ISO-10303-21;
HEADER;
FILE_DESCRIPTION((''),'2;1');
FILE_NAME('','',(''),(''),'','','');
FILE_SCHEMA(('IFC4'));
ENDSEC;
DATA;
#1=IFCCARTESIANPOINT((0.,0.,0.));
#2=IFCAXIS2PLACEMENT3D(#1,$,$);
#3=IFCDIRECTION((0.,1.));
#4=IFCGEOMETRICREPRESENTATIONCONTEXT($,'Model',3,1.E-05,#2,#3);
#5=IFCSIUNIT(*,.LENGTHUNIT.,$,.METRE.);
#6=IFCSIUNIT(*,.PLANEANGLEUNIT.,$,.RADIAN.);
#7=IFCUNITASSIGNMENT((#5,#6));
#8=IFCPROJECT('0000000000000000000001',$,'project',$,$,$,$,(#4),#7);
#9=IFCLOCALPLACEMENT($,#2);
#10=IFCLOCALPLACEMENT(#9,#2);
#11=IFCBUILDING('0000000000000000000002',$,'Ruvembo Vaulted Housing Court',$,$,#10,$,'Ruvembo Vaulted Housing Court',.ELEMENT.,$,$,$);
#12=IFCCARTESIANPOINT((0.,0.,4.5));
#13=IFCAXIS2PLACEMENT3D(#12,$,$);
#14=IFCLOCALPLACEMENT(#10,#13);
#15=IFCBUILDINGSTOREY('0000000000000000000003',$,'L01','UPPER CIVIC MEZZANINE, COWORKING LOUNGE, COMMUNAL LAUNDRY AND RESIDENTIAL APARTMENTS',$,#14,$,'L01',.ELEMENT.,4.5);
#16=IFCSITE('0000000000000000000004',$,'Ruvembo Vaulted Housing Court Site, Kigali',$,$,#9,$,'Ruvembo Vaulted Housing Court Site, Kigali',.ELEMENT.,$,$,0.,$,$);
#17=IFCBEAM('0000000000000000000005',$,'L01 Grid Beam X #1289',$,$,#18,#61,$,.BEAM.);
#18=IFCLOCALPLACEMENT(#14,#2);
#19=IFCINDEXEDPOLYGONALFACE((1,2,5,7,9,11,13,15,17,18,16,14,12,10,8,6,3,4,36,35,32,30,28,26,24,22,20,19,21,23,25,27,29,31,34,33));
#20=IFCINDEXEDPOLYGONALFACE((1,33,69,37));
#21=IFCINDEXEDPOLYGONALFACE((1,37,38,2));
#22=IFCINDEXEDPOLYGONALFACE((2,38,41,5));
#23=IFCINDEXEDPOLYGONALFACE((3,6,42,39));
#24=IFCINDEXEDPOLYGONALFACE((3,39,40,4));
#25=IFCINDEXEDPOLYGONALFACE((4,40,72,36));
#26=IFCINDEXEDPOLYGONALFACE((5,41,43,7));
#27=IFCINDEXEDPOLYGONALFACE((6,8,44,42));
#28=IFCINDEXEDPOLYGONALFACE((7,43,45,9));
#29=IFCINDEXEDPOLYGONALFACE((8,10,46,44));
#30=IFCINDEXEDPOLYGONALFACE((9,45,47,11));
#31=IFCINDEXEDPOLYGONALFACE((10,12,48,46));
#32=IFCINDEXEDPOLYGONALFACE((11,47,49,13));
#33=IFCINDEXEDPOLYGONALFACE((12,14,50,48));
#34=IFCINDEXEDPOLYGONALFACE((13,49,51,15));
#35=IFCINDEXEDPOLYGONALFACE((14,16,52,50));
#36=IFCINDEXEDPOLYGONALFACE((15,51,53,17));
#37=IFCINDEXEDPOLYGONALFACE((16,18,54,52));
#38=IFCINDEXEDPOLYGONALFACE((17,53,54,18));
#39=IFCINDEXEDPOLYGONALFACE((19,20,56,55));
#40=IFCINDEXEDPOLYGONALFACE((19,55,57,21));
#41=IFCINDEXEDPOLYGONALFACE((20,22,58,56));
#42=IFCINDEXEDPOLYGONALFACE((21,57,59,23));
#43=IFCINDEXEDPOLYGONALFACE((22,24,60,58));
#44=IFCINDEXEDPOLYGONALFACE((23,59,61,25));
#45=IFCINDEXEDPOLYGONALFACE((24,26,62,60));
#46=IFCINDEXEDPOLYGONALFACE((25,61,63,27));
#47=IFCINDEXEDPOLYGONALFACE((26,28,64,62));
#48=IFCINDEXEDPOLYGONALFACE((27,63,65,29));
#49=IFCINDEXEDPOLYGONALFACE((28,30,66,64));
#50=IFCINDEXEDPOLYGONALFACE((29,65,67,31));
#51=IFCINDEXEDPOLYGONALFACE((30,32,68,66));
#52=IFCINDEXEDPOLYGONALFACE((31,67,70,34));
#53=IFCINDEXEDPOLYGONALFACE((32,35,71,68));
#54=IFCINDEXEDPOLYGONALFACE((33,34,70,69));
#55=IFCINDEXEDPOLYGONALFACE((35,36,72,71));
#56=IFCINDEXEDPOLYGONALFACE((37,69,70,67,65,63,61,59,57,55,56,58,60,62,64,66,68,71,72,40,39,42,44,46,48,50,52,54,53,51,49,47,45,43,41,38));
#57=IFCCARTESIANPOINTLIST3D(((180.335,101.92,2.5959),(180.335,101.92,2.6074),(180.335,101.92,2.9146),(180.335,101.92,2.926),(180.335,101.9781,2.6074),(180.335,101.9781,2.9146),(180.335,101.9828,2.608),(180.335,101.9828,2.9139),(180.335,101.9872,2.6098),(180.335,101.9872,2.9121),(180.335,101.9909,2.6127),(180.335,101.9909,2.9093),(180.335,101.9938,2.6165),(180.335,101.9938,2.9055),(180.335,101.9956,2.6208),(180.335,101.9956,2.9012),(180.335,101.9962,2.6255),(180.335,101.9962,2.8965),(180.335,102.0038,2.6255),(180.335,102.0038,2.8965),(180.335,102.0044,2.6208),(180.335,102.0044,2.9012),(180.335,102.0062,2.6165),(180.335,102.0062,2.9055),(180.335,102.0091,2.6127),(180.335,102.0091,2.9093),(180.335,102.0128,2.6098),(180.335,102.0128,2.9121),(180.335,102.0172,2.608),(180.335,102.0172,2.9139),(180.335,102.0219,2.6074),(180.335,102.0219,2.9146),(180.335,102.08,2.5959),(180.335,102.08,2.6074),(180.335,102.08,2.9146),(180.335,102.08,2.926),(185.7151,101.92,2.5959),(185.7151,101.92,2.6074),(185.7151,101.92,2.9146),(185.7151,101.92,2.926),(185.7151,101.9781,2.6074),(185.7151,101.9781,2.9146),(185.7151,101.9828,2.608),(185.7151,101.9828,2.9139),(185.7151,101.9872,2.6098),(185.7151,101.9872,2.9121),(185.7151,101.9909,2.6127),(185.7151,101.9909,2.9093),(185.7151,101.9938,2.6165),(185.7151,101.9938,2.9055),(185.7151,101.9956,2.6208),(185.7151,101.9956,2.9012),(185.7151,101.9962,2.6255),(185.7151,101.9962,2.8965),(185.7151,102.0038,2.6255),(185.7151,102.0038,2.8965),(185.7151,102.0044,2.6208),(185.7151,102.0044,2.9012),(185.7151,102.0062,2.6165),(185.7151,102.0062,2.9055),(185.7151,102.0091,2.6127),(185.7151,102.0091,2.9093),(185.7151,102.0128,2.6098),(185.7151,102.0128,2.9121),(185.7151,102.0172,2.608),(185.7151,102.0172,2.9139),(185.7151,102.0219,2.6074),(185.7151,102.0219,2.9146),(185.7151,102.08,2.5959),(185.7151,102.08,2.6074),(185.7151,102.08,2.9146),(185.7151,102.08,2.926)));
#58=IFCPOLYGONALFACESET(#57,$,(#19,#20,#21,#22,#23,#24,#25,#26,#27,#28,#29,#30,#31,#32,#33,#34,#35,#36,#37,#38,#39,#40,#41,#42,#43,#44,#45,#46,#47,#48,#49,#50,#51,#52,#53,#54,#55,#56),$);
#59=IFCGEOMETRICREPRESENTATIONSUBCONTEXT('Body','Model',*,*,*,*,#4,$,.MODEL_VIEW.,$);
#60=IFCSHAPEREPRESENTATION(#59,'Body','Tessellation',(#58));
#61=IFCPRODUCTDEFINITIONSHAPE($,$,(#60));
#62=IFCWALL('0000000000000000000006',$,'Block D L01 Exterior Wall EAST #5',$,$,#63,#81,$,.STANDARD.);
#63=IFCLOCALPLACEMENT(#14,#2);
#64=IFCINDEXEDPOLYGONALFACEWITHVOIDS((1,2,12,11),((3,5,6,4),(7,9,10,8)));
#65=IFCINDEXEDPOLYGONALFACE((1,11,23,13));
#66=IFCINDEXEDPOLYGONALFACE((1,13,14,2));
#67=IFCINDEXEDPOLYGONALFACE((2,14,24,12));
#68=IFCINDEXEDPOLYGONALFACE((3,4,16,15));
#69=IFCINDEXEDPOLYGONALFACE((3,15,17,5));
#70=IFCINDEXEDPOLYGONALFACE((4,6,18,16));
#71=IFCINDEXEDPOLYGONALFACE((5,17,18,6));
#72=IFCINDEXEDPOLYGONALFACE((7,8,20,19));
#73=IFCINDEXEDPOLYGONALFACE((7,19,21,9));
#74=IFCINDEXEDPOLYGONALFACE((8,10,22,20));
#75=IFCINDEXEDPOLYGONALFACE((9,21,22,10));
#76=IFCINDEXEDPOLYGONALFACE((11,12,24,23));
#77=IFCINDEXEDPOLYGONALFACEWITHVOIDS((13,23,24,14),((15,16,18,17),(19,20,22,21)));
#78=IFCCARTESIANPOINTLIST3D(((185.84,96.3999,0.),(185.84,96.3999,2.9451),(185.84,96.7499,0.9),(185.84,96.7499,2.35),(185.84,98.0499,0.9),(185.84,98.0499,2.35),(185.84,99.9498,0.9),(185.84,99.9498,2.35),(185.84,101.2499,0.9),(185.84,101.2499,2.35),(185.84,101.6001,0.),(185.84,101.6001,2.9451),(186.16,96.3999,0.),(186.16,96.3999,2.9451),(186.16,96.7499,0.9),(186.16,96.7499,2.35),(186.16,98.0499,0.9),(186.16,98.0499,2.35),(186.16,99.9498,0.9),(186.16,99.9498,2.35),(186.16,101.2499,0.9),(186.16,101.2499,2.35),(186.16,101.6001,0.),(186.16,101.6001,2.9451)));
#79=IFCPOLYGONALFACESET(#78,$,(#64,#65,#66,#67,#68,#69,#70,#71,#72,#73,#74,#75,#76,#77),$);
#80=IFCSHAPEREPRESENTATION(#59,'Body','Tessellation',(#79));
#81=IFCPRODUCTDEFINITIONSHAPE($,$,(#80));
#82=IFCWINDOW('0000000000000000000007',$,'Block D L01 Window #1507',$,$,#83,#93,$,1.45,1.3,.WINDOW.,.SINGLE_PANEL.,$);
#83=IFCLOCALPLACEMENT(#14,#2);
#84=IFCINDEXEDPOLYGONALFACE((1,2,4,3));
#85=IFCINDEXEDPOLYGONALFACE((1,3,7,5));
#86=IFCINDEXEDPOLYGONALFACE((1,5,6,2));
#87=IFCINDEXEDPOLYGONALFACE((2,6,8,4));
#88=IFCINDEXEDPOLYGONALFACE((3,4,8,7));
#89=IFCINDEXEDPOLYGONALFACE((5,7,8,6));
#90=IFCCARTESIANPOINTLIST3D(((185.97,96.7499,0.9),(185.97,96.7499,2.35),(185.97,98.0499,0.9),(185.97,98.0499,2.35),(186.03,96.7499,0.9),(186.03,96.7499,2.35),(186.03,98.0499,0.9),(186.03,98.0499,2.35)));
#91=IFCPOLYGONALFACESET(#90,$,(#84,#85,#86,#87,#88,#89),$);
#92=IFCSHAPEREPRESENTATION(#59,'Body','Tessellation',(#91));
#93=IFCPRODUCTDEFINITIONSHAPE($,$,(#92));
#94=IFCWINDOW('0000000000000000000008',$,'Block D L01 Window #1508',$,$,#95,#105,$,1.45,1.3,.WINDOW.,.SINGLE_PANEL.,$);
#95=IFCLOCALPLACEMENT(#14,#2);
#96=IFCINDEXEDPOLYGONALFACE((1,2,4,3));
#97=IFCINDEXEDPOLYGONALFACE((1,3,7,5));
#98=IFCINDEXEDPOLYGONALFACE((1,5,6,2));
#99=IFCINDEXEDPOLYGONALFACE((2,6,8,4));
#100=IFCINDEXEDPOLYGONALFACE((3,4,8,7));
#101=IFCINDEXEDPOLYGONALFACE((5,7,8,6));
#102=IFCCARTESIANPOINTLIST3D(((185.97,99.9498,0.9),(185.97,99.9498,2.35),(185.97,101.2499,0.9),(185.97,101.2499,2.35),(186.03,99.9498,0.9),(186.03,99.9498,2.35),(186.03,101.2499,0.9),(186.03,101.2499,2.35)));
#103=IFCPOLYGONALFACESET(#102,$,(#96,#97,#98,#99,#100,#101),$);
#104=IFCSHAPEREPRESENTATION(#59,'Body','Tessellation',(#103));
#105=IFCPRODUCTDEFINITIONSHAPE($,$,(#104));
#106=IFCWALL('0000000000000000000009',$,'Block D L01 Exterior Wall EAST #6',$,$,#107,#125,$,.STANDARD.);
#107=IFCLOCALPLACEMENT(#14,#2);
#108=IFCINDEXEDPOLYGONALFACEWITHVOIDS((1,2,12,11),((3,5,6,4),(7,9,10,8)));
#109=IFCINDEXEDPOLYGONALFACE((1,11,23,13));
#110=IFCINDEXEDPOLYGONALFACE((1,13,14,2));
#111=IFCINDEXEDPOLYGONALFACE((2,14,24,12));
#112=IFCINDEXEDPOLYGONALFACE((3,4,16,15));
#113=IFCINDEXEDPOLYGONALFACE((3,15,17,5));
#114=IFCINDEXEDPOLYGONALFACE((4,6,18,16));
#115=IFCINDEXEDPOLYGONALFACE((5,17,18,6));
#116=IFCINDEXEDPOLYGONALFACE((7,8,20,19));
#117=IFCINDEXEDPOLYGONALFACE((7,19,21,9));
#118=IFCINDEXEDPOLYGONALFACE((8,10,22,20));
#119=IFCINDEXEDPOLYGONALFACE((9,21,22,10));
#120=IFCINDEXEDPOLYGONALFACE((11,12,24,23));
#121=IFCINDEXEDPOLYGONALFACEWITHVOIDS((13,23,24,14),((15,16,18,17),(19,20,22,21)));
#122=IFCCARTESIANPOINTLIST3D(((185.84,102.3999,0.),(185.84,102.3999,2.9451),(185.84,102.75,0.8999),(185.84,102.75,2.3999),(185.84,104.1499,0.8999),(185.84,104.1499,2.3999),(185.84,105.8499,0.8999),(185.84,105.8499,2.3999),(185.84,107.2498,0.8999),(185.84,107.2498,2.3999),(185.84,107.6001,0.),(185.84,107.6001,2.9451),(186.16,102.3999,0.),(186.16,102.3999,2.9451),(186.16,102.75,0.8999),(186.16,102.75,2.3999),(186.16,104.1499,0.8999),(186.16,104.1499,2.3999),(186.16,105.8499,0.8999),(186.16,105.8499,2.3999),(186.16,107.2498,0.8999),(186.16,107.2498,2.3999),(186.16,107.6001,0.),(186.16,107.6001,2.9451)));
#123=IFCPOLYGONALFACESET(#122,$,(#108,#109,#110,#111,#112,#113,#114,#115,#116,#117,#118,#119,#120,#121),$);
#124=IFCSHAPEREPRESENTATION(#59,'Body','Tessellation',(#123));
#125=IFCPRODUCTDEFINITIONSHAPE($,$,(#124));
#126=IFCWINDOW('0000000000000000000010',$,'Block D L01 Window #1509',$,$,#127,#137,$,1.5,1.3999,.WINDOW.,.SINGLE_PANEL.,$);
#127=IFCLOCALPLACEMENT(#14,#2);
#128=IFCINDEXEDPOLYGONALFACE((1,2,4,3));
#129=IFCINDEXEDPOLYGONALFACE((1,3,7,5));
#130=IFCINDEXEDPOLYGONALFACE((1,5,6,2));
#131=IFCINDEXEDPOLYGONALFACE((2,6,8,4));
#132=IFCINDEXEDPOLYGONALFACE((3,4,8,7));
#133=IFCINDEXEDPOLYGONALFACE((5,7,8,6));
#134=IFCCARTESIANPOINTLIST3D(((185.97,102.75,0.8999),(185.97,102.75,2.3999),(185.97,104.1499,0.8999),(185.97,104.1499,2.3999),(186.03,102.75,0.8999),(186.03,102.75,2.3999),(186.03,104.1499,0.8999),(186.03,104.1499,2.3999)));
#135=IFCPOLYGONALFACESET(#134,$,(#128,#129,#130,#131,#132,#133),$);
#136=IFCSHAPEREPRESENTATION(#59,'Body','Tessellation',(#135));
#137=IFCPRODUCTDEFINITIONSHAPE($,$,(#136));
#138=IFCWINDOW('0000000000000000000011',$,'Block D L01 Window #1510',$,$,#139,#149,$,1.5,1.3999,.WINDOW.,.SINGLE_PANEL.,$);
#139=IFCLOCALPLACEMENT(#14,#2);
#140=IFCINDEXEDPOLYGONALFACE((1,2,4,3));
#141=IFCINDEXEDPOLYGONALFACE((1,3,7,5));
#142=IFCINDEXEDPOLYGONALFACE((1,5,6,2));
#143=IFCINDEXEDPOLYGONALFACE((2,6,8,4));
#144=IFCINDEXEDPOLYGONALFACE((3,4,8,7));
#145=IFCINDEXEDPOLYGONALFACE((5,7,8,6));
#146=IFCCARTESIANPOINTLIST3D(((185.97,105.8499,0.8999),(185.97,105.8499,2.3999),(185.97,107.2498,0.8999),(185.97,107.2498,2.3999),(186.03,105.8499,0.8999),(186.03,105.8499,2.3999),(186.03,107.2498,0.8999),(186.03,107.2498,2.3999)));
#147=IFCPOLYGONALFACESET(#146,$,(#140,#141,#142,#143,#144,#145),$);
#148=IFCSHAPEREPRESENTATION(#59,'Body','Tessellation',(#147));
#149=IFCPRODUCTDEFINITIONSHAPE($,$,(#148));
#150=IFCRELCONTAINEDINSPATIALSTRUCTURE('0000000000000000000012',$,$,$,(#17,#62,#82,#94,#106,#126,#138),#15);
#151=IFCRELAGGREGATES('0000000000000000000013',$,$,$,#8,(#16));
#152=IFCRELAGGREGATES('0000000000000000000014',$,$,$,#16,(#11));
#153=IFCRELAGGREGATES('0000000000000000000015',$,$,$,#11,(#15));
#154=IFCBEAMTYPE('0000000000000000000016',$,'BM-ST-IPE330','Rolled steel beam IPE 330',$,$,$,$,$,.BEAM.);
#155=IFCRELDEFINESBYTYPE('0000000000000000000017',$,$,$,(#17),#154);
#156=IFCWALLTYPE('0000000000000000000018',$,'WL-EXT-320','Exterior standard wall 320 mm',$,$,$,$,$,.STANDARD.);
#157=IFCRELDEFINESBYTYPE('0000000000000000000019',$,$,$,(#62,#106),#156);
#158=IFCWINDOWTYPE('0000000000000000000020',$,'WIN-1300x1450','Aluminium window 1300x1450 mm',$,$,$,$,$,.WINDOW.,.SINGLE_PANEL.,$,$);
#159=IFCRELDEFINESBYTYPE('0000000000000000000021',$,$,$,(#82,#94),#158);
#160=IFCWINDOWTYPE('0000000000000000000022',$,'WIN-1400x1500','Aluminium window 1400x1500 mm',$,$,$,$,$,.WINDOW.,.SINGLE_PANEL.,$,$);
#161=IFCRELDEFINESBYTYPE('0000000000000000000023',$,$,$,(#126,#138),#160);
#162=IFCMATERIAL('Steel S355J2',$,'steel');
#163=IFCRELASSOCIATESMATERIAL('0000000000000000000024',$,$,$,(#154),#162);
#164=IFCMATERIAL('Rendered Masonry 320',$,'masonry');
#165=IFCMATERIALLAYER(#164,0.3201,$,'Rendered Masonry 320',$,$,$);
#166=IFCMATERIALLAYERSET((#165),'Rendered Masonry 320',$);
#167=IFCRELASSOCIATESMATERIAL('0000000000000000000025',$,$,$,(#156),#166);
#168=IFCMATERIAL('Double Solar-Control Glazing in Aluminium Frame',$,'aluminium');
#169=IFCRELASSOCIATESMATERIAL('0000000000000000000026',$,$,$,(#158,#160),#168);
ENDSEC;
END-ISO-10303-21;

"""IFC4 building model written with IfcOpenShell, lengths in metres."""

from ifc_helpers import new_model, si_unit, direction, frame, frame_2d, origin, origin_2d, place, context, subcontext, project, spatial, rectangle, i_section, extrude, material, layer, layer_set, material_profile, profile_set, type_object, element, fill, save


model = new_model("IFC4")

# Units and contexts
model_context = context("Model", 3, precision=1e-05, world=origin(), true_north=direction((0.0, 1.0)))
body_context = subcontext(model_context, "Body", "Model", "MODEL_VIEW")
ifc_project = project(units=[si_unit("LENGTHUNIT", "METRE"), si_unit("PLANEANGLEUNIT", "RADIAN")], contexts=[model_context])

# Site, building, storey
site_placement = place(None, origin())
site = spatial("IfcSite", under=ifc_project, at=site_placement, Name="Ruvembo Vaulted Housing Court Site, Kigali", LongName="Ruvembo Vaulted Housing Court Site, Kigali", CompositionType="ELEMENT", RefElevation=0.0)
building_placement = place(site_placement, origin())
building = spatial("IfcBuilding", under=site, at=building_placement, Name="Ruvembo Vaulted Housing Court", LongName="Ruvembo Vaulted Housing Court", CompositionType="ELEMENT")
storey_placement = place(building_placement, frame((0.0, 0.0, 4.5)))
storey = spatial("IfcBuildingStorey", under=building, at=storey_placement, Name="L01", Description="UPPER CIVIC MEZZANINE, COWORKING LOUNGE, COMMUNAL LAUNDRY AND RESIDENTIAL APARTMENTS", LongName="L01", CompositionType="ELEMENT", Elevation=4.5)

# Beam
ifc_material_1 = material(Name="Steel S355J2", Category="steel")
ifc_material_profile_1 = material_profile(ifc_material_1, i_section(OverallWidth=0.1599, OverallDepth=0.3301, WebThickness=0.0076, FlangeThickness=0.0115, FilletRadius=0.0181, at=origin_2d()), Name="IPE 330")
ifc_profile_set_1 = profile_set([ifc_material_profile_1], Name="Steel S355J2")
beam_type_1 = type_object("IfcBeamType", Name="BM-ST-IPE330", Description="Rolled steel beam IPE 330", PredefinedType="BEAM", material=ifc_profile_set_1)
beam_1_placement = place(storey_placement, frame((180.335, 102.0, 2.761), z_axis=(1.0, 0.0, 0.0), x_axis=(0.0, 1.0, 0.0)))
element("IfcBeam", 1, at=beam_1_placement, inside=storey, type_object=beam_type_1, Name="L01 Grid Beam X #1289", PredefinedType="BEAM", context=body_context, shape_type="SweptSolid", body=[
    extrude(i_section(OverallWidth=0.1599, OverallDepth=0.3301, WebThickness=0.0076, FlangeThickness=0.0115, FilletRadius=0.0181, at=origin_2d()), origin(), (0.0, 0.0, 1.0), 5.3801),
])

# Walls, openings, windows
ifc_material_2 = material(Name="Rendered Masonry 320", Category="masonry")
ifc_layer = layer(ifc_material_2, 0.3201, Name="Rendered Masonry 320")
ifc_layer_set = layer_set([ifc_layer], Name="Rendered Masonry 320")
wall_type = type_object("IfcWallType", Name="WL-EXT-320", Description="Exterior standard wall 320 mm", PredefinedType="STANDARD", material=ifc_layer_set)
wall_1_placement = place(storey_placement, frame((186.0, 96.3999, 0.0), z_axis=(0.0, 0.0, 1.0), x_axis=(0.0, 1.0, 0.0)))
wall_1 = element("IfcWall", 2, at=wall_1_placement, inside=storey, type_object=wall_type, Name="Block D L01 Exterior Wall EAST #5", PredefinedType="STANDARD", context=body_context, shape_type="SweptSolid", body=[
    extrude(rectangle(XDim=5.2002, YDim=0.3201, at=frame_2d((2.6001, 0.0))), origin(), (0.0, 0.0, 1.0), 2.9451),
])
opening_1_placement = place(wall_1_placement, frame((0.3501, 0.0, 0.8999)))
opening_1 = element("IfcOpeningElement", 3, at=opening_1_placement, cuts=wall_1, PredefinedType="OPENING", context=body_context, shape_type="SweptSolid", body=[
    extrude(rectangle(XDim=1.3, YDim=1.45, at=frame_2d((0.6499, 0.7251))), frame((0.0, 0.1699, 0.0), z_axis=(0.0, -1.0, 0.0), x_axis=(1.0, 0.0, 0.0)), (0.0, 0.0, 1.0), 0.3401),
])
opening_2_placement = place(wall_1_placement, frame((3.55, 0.0, 0.8999)))
opening_2 = element("IfcOpeningElement", 4, at=opening_2_placement, cuts=wall_1, PredefinedType="OPENING", context=body_context, shape_type="SweptSolid", body=[
    extrude(rectangle(XDim=1.3, YDim=1.45, at=frame_2d((0.6499, 0.7251))), frame((0.0, 0.1699, 0.0), z_axis=(0.0, -1.0, 0.0), x_axis=(1.0, 0.0, 0.0)), (0.0, 0.0, 1.0), 0.3401),
])
ifc_material_3 = material(Name="Double Solar-Control Glazing in Aluminium Frame", Category="aluminium")
window_type_1 = type_object("IfcWindowType", Name="WIN-1300x1450", Description="Aluminium window 1300x1450 mm", PartitioningType="SINGLE_PANEL", PredefinedType="WINDOW", material=ifc_material_3)
window_1_placement = place(opening_1_placement, origin())
window_1 = element("IfcWindow", 5, at=window_1_placement, inside=storey, type_object=window_type_1, Name="Block D L01 Window #1507", OverallHeight=1.45, OverallWidth=1.3, PartitioningType="SINGLE_PANEL", PredefinedType="WINDOW", context=body_context, shape_type="SweptSolid", body=[
    extrude(rectangle(XDim=1.3, YDim=1.45, at=frame_2d((0.6499, 0.7251))), frame((0.0, 0.03, 0.0), z_axis=(0.0, -1.0, 0.0), x_axis=(1.0, 0.0, 0.0)), (0.0, 0.0, 1.0), 0.0601),
])
fill(opening_1, window_1)
window_2_placement = place(opening_2_placement, origin())
window_2 = element("IfcWindow", 6, at=window_2_placement, inside=storey, type_object=window_type_1, Name="Block D L01 Window #1508", OverallHeight=1.45, OverallWidth=1.3, PartitioningType="SINGLE_PANEL", PredefinedType="WINDOW", context=body_context, shape_type="SweptSolid", body=[
    extrude(rectangle(XDim=1.3, YDim=1.45, at=frame_2d((0.6499, 0.7251))), frame((0.0, 0.03, 0.0), z_axis=(0.0, -1.0, 0.0), x_axis=(1.0, 0.0, 0.0)), (0.0, 0.0, 1.0), 0.0601),
])
fill(opening_2, window_2)
wall_2_placement = place(storey_placement, frame((186.0, 102.3999, 0.0), z_axis=(0.0, 0.0, 1.0), x_axis=(0.0, 1.0, 0.0)))
wall_2 = element("IfcWall", 7, at=wall_2_placement, inside=storey, type_object=wall_type, Name="Block D L01 Exterior Wall EAST #6", PredefinedType="STANDARD", context=body_context, shape_type="SweptSolid", body=[
    extrude(rectangle(XDim=5.2002, YDim=0.3201, at=frame_2d((2.6001, 0.0))), origin(), (0.0, 0.0, 1.0), 2.9451),
])
opening_3_placement = place(wall_2_placement, frame((0.3501, 0.0, 0.8999)))
opening_3 = element("IfcOpeningElement", 8, at=opening_3_placement, cuts=wall_2, PredefinedType="OPENING", context=body_context, shape_type="SweptSolid", body=[
    extrude(rectangle(XDim=1.3999, YDim=1.5, at=frame_2d((0.7, 0.75))), frame((0.0, 0.1699, 0.0), z_axis=(0.0, -1.0, 0.0), x_axis=(1.0, 0.0, 0.0)), (0.0, 0.0, 1.0), 0.3401),
])
opening_4_placement = place(wall_2_placement, frame((3.45, 0.0, 0.8999)))
opening_4 = element("IfcOpeningElement", 9, at=opening_4_placement, cuts=wall_2, PredefinedType="OPENING", context=body_context, shape_type="SweptSolid", body=[
    extrude(rectangle(XDim=1.3999, YDim=1.5, at=frame_2d((0.7, 0.75))), frame((0.0, 0.1699, 0.0), z_axis=(0.0, -1.0, 0.0), x_axis=(1.0, 0.0, 0.0)), (0.0, 0.0, 1.0), 0.3401),
])
window_type_2 = type_object("IfcWindowType", Name="WIN-1400x1500", Description="Aluminium window 1400x1500 mm", PartitioningType="SINGLE_PANEL", PredefinedType="WINDOW", material=ifc_material_3)
window_3_placement = place(opening_3_placement, origin())
window_3 = element("IfcWindow", 10, at=window_3_placement, inside=storey, type_object=window_type_2, Name="Block D L01 Window #1509", OverallHeight=1.5, OverallWidth=1.3999, PartitioningType="SINGLE_PANEL", PredefinedType="WINDOW", context=body_context, shape_type="SweptSolid", body=[
    extrude(rectangle(XDim=1.3999, YDim=1.5, at=frame_2d((0.7, 0.75))), frame((0.0, 0.03, 0.0), z_axis=(0.0, -1.0, 0.0), x_axis=(1.0, 0.0, 0.0)), (0.0, 0.0, 1.0), 0.0601),
])
fill(opening_3, window_3)
window_4_placement = place(opening_4_placement, origin())
window_4 = element("IfcWindow", 11, at=window_4_placement, inside=storey, type_object=window_type_2, Name="Block D L01 Window #1510", OverallHeight=1.5, OverallWidth=1.3999, PartitioningType="SINGLE_PANEL", PredefinedType="WINDOW", context=body_context, shape_type="SweptSolid", body=[
    extrude(rectangle(XDim=1.3999, YDim=1.5, at=frame_2d((0.7, 0.75))), frame((0.0, 0.03, 0.0), z_axis=(0.0, -1.0, 0.0), x_axis=(1.0, 0.0, 0.0)), (0.0, 0.0, 1.0), 0.0601),
])
fill(opening_4, window_4)

save(model, "model.ifc")
